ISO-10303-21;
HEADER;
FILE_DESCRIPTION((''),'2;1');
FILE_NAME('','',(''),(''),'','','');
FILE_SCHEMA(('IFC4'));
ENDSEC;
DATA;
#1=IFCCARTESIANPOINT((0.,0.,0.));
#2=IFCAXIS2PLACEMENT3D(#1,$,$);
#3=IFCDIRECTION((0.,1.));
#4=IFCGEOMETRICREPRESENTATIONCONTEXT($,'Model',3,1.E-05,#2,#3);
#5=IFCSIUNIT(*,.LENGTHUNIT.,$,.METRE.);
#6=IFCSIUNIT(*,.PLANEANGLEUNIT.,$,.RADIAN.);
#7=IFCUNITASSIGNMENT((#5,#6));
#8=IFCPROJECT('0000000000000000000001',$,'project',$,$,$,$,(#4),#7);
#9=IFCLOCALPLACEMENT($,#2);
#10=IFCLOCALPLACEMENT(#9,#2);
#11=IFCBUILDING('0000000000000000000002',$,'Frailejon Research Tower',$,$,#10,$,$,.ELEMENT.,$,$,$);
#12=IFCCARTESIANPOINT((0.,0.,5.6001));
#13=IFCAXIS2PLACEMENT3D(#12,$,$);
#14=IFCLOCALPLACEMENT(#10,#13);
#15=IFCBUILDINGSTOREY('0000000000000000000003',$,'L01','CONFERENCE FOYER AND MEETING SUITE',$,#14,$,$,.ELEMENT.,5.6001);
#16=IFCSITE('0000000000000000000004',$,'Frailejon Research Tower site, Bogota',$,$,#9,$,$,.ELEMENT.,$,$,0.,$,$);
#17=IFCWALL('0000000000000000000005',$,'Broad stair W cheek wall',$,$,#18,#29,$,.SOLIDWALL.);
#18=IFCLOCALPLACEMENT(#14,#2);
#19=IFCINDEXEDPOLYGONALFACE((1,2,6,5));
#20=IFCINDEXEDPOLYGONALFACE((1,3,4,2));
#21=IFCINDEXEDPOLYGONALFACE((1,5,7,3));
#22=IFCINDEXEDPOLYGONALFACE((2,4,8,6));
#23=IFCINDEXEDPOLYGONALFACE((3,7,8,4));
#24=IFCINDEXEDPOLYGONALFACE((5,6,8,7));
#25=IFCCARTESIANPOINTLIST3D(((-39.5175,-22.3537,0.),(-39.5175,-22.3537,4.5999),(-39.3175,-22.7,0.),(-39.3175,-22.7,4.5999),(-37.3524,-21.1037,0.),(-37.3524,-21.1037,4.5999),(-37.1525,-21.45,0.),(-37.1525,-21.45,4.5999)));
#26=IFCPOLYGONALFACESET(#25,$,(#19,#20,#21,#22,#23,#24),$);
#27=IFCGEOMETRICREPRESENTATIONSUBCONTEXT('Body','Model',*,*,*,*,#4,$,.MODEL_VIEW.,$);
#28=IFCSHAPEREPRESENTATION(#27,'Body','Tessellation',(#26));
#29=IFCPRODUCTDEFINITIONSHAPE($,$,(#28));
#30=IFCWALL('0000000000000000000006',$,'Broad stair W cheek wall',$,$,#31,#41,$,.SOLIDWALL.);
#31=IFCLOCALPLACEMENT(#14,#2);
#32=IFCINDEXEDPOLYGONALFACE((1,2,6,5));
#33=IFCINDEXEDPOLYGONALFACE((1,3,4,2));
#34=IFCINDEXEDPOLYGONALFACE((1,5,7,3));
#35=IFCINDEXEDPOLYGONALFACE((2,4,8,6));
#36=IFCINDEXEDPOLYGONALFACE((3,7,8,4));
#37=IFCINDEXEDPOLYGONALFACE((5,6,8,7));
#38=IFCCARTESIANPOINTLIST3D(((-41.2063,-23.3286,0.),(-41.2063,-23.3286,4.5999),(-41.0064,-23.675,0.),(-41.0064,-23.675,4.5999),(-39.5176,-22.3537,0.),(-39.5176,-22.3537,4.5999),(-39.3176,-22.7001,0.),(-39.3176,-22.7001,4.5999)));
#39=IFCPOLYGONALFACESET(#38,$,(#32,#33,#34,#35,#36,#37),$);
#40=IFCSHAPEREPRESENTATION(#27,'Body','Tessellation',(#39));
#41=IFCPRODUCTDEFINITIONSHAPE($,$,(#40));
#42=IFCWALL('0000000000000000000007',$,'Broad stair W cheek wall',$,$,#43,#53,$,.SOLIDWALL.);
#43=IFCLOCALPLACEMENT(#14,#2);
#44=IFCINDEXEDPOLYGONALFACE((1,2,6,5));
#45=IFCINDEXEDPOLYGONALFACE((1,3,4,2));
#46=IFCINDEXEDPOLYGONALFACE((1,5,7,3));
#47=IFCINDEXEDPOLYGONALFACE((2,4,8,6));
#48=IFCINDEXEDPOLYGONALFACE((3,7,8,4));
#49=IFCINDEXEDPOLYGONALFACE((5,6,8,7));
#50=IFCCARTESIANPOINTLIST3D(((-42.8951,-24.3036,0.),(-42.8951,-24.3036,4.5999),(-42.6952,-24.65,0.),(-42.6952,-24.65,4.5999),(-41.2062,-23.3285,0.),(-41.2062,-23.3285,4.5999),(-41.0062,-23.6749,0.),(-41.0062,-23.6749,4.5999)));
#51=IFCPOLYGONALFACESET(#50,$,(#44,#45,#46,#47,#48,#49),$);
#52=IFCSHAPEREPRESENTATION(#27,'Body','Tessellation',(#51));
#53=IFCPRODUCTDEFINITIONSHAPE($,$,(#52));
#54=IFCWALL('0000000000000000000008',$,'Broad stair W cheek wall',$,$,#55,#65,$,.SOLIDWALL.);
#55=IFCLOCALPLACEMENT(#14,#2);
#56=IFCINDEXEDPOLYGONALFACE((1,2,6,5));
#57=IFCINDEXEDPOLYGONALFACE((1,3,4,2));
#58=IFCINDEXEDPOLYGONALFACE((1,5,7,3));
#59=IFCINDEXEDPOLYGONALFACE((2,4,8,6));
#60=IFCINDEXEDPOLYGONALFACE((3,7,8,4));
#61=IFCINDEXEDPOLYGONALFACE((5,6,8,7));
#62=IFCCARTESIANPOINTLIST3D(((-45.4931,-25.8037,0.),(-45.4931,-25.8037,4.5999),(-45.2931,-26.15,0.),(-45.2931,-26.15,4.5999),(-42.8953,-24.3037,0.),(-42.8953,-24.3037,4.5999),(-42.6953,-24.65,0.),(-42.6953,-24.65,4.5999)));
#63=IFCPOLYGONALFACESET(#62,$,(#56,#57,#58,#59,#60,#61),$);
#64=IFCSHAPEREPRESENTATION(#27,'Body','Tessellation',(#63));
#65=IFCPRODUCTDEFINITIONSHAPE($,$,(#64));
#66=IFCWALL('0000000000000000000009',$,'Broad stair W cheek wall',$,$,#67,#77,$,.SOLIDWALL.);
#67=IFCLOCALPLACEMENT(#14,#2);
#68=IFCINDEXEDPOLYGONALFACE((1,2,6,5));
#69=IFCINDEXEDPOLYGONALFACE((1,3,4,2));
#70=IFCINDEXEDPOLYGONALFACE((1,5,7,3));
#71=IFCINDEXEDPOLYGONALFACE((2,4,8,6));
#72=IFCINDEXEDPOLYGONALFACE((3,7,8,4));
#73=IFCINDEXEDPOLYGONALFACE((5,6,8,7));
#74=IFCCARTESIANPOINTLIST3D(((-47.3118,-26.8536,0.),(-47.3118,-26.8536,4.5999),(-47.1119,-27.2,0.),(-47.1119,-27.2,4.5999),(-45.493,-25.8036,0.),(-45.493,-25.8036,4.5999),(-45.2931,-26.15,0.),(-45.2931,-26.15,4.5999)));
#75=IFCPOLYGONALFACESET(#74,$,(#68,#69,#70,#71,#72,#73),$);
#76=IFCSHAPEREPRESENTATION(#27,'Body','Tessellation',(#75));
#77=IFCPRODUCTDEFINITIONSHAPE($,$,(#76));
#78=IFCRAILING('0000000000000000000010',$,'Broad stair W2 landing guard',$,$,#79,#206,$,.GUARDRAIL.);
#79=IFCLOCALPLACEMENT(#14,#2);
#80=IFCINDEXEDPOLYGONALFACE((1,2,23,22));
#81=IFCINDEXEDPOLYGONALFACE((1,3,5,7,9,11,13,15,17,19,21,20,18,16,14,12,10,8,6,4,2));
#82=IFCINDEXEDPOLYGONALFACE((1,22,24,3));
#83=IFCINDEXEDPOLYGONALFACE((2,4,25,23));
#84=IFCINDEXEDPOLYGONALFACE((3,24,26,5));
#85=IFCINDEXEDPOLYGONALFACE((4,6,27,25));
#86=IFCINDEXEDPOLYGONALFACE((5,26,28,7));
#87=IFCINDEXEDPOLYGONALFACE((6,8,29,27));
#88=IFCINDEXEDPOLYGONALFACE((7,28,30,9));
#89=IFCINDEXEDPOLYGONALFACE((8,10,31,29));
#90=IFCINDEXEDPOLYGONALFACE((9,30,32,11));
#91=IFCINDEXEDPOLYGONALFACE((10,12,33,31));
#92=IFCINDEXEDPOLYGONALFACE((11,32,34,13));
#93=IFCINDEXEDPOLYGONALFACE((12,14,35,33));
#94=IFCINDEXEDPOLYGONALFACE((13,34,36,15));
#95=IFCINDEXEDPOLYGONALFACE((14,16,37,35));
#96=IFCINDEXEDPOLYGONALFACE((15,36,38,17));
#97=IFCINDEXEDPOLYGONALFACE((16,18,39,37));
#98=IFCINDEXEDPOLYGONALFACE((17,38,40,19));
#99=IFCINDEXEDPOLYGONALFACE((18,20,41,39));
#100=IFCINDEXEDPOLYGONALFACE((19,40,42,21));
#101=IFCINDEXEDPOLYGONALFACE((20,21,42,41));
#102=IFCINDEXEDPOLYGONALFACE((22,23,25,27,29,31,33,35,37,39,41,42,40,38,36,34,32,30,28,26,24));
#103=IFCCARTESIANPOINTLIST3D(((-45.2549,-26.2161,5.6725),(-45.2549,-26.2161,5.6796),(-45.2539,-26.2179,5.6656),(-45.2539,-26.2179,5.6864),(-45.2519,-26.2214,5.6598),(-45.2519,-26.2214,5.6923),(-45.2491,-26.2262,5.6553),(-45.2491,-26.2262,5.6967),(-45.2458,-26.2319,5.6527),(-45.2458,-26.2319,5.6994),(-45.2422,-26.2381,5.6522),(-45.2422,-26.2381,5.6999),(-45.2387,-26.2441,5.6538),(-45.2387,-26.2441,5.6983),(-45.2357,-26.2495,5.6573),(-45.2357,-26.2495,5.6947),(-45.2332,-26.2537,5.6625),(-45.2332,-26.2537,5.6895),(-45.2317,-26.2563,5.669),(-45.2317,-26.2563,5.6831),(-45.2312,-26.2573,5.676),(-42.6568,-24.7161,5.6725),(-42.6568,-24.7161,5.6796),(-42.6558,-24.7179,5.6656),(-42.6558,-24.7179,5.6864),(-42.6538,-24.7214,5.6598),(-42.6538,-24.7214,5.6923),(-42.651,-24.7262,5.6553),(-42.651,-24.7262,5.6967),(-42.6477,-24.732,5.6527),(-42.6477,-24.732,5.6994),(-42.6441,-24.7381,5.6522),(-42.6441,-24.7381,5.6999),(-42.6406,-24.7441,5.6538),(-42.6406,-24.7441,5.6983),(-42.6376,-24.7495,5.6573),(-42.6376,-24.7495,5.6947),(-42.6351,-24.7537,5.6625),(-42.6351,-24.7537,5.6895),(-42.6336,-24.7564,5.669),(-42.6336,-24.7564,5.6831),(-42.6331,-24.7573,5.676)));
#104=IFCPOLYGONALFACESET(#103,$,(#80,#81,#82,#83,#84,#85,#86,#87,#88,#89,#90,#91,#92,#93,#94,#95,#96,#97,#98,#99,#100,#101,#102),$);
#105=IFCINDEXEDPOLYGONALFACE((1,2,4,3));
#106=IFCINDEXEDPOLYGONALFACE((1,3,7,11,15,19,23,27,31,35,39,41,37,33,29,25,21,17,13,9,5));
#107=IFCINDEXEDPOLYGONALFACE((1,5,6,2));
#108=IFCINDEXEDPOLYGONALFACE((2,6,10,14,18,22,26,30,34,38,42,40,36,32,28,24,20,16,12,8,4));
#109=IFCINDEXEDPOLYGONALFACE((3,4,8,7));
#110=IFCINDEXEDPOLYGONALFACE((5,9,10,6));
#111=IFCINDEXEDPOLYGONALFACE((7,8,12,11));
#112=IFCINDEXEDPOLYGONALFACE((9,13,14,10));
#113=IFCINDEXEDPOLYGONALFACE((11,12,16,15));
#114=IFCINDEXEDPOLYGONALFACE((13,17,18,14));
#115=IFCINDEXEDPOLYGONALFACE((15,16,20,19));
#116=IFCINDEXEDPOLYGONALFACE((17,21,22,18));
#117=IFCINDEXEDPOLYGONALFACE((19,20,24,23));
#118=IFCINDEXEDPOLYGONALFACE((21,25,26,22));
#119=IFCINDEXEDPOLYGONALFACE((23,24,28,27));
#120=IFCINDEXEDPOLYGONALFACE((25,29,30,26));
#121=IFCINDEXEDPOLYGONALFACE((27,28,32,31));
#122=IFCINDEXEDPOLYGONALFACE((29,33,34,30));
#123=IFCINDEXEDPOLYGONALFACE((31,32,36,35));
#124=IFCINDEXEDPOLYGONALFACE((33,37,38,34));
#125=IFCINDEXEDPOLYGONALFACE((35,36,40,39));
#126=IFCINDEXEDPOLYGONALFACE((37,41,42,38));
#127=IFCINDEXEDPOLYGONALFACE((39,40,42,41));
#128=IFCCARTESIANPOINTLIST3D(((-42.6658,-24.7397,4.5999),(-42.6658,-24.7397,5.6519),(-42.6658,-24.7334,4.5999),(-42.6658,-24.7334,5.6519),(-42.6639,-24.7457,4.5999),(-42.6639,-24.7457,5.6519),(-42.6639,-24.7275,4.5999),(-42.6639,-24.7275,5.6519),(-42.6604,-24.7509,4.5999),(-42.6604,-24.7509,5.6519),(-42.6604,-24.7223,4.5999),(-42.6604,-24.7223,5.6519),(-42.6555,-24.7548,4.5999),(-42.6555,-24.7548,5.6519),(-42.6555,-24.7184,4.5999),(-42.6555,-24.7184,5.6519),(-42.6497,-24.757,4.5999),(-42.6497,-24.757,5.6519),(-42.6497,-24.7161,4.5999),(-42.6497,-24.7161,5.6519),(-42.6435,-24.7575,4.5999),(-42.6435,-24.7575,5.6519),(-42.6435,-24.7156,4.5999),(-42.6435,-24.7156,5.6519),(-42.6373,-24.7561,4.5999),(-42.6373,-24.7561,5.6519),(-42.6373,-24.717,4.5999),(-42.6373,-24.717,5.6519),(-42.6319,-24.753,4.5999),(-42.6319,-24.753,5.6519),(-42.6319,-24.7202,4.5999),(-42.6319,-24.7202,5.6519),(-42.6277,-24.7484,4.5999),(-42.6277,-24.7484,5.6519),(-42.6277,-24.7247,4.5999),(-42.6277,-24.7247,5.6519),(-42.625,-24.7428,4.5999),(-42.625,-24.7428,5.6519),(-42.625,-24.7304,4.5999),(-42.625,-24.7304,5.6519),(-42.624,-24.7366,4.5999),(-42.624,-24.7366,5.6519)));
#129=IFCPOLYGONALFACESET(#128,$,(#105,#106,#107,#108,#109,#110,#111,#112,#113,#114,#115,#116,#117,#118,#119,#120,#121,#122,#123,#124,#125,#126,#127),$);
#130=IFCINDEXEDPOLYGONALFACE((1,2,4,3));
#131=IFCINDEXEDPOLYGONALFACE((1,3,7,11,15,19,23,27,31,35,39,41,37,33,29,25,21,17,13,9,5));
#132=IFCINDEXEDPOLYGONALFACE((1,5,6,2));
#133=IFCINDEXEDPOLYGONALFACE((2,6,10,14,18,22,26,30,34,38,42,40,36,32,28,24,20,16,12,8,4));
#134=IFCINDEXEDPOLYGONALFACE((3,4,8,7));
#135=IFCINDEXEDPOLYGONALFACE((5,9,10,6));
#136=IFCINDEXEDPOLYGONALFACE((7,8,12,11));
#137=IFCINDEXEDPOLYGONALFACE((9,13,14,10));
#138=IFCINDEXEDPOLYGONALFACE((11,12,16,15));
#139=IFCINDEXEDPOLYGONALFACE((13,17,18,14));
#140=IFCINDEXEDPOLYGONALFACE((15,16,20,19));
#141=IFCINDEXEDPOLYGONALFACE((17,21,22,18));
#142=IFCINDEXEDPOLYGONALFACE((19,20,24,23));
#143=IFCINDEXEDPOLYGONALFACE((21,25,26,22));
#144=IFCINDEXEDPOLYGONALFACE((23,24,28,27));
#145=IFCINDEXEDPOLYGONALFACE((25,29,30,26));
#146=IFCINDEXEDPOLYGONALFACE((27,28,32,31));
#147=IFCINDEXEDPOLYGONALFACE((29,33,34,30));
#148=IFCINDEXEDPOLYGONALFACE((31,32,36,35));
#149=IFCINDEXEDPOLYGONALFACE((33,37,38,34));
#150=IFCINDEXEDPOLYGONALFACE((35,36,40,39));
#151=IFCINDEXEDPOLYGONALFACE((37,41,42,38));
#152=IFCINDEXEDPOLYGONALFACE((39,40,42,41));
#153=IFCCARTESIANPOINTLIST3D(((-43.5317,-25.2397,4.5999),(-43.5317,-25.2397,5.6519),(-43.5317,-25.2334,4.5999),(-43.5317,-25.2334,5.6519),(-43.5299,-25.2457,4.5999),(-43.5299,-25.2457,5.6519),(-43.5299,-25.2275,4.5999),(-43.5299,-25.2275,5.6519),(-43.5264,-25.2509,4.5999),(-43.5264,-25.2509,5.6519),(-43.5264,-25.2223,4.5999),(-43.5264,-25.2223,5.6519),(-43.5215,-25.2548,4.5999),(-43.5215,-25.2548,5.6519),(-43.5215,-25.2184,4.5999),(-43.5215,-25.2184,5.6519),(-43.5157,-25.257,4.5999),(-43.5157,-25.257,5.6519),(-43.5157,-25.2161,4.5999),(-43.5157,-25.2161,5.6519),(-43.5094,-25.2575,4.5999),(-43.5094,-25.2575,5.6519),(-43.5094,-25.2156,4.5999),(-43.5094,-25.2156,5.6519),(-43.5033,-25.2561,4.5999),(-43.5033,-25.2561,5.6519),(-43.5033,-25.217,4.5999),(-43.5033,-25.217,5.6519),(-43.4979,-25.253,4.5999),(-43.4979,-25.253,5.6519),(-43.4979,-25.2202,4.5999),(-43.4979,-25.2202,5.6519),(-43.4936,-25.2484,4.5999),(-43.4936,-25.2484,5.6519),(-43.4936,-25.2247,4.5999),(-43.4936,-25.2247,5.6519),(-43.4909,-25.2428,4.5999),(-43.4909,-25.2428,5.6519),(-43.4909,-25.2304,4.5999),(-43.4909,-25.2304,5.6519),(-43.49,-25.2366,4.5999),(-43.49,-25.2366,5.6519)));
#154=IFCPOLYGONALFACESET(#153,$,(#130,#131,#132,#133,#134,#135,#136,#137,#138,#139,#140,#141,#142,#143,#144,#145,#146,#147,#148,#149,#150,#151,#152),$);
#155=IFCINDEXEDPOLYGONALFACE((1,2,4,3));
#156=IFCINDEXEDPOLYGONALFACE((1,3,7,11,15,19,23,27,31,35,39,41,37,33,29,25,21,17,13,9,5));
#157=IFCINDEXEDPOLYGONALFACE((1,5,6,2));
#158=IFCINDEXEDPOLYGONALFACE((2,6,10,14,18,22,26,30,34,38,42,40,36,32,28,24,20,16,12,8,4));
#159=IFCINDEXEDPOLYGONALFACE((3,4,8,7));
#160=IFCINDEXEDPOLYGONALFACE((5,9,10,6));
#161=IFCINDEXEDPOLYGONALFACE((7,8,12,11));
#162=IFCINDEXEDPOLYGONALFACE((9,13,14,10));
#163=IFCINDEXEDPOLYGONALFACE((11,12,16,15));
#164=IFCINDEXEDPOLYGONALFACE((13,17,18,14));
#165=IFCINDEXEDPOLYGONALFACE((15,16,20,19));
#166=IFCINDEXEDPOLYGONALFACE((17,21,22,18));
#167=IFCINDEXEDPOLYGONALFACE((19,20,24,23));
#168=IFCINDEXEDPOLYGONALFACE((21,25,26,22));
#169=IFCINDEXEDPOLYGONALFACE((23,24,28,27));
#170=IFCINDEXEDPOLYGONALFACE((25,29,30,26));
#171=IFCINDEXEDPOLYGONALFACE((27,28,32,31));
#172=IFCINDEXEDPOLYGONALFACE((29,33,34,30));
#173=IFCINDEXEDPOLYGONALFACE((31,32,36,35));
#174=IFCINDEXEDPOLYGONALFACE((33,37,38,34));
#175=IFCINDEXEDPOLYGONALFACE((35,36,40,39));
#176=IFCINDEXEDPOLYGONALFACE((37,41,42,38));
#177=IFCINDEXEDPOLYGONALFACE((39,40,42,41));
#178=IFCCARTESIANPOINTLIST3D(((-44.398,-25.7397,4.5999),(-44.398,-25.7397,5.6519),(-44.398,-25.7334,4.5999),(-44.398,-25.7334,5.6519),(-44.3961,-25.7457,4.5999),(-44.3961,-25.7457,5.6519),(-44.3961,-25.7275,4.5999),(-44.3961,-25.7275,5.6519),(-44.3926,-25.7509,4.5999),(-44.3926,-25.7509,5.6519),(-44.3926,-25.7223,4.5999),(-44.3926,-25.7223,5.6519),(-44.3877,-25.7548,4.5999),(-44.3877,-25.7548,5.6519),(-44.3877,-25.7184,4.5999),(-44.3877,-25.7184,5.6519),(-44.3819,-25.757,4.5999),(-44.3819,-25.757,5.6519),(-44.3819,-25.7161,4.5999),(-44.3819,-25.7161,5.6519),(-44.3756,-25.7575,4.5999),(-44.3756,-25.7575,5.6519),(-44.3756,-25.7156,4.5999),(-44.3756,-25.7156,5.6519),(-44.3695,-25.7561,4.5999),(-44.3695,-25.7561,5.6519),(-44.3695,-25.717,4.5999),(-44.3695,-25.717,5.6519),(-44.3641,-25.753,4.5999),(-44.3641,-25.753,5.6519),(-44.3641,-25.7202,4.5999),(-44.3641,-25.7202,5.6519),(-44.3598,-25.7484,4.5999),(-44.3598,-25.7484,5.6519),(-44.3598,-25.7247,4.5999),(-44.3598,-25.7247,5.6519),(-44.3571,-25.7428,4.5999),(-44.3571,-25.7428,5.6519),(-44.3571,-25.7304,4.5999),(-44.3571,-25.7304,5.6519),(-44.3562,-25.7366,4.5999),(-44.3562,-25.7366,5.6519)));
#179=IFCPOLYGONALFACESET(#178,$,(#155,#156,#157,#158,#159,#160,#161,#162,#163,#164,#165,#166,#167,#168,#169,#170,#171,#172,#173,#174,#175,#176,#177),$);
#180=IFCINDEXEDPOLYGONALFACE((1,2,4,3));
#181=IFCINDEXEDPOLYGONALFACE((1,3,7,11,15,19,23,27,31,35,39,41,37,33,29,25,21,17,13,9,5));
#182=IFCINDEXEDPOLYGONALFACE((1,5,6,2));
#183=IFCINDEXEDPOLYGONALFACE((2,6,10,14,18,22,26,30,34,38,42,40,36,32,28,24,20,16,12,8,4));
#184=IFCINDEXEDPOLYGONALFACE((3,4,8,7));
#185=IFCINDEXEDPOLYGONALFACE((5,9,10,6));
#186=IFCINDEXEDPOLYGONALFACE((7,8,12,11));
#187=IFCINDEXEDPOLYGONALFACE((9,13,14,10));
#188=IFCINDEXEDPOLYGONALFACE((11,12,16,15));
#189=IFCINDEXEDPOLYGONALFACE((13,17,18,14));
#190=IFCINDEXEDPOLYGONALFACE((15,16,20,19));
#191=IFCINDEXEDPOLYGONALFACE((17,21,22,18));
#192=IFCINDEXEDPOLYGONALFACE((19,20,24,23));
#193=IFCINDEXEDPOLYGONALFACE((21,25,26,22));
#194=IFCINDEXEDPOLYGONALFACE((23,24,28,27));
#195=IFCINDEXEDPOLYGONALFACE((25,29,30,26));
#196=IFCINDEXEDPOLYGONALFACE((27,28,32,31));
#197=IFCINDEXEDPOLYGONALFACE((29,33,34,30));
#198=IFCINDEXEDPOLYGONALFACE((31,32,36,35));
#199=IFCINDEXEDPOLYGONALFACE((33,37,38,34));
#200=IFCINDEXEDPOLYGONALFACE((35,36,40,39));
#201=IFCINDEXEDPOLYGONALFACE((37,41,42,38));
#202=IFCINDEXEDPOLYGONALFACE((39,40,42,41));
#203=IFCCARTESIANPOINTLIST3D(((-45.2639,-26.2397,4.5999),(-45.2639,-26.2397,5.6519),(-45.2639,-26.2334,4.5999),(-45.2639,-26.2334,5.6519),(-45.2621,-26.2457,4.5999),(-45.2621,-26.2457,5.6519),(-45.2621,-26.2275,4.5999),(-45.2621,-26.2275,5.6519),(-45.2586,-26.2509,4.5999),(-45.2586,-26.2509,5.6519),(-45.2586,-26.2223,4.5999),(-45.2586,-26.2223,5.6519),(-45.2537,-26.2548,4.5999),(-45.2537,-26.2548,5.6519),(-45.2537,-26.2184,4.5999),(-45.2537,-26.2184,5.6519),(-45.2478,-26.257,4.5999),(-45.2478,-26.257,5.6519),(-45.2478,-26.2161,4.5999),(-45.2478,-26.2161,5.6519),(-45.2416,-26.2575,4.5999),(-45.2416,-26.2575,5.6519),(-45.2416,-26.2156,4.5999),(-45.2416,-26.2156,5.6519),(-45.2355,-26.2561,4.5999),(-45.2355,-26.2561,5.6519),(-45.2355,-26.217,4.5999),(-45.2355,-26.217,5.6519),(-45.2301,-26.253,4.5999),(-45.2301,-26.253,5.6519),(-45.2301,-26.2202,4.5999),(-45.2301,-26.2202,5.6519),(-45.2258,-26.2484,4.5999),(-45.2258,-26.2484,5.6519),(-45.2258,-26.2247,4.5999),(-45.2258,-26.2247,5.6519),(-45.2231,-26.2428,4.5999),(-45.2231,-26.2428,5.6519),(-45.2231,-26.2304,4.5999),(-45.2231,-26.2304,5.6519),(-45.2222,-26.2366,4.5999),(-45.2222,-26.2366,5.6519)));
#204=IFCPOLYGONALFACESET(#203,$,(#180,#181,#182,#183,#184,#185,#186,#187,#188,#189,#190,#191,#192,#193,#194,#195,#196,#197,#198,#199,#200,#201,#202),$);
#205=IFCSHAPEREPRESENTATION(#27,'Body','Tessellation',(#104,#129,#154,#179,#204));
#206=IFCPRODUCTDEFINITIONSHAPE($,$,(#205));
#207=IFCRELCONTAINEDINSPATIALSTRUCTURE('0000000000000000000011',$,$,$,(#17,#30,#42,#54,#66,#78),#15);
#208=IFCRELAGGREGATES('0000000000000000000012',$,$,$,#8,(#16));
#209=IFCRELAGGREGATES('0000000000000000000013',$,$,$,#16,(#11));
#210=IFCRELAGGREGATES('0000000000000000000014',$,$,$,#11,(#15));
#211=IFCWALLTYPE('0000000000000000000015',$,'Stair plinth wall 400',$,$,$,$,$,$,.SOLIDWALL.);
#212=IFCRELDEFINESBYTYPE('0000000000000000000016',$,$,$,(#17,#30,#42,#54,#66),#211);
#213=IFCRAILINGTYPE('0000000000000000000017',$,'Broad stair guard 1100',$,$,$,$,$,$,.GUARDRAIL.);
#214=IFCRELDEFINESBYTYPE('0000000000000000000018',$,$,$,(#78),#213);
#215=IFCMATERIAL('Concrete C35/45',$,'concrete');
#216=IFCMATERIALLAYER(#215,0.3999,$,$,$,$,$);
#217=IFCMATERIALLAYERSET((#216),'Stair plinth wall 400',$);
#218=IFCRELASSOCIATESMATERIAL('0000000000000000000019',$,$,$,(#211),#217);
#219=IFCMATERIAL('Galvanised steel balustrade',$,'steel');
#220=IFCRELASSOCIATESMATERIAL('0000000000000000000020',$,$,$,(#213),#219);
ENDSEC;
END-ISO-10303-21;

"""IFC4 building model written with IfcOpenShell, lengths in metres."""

from ifc_helpers import new_model, si_unit, direction, frame, frame_2d, origin, origin_2d, place, context, subcontext, project, spatial, rectangle, circle, extrude, material, layer, layer_set, type_object, element, save


model = new_model("IFC4")

# Units and contexts
model_context = context("Model", 3, precision=1e-05, world=origin(), true_north=direction((0.0, 1.0)))
body_context = subcontext(model_context, "Body", "Model", "MODEL_VIEW")
ifc_project = project(units=[si_unit("LENGTHUNIT", "METRE"), si_unit("PLANEANGLEUNIT", "RADIAN")], contexts=[model_context])

# Site, building, storey
site_placement = place(None, origin())
site = spatial("IfcSite", under=ifc_project, at=site_placement, Name="Frailejon Research Tower site, Bogota", CompositionType="ELEMENT", RefElevation=0.0)
building_placement = place(site_placement, origin())
building = spatial("IfcBuilding", under=site, at=building_placement, Name="Frailejon Research Tower", CompositionType="ELEMENT")
storey_placement = place(building_placement, frame((0.0, 0.0, 5.6001)))
storey = spatial("IfcBuildingStorey", under=building, at=storey_placement, Name="L01", Description="CONFERENCE FOYER AND MEETING SUITE", CompositionType="ELEMENT", Elevation=5.6001)

# Walls
ifc_material_1 = material(Name="Concrete C35/45", Category="concrete")
ifc_layer_1 = layer(ifc_material_1, 0.3999)
ifc_layer_set_1 = layer_set([ifc_layer_1], Name="Stair plinth wall 400")
wall_type = type_object("IfcWallType", Name="Stair plinth wall 400", PredefinedType="SOLIDWALL", material=ifc_layer_set_1)
wall_1_placement = place(storey_placement, frame((-37.2524, -21.2769, 0.0), z_axis=(0.0, 0.0, 1.0), x_axis=(-0.866023, -0.500004, 0.0)))
element("IfcWall", 1, at=wall_1_placement, inside=storey, type_object=wall_type, Name="Broad stair W cheek wall", PredefinedType="SOLIDWALL", context=body_context, shape_type="SweptSolid", body=[
    extrude(rectangle(XDim=2.5, YDim=0.3999, at=frame_2d((1.25, 0.0))), origin(), (0.0, 0.0, 1.0), 4.5999),
])
wall_2_placement = place(storey_placement, frame((-39.4175, -22.5269, 0.0), z_axis=(0.0, 0.0, 1.0), x_axis=(-0.866054, -0.49995, 0.0)))
element("IfcWall", 2, at=wall_2_placement, inside=storey, type_object=wall_type, Name="Broad stair W cheek wall", PredefinedType="SOLIDWALL", context=body_context, shape_type="SweptSolid", body=[
    extrude(rectangle(XDim=1.95, YDim=0.3999, at=frame_2d((0.9751, 0.0))), origin(), (0.0, 0.0, 1.0), 4.5999),
])
wall_3_placement = place(storey_placement, frame((-41.1062, -23.5017, 0.0), z_axis=(0.0, 0.0, 1.0), x_axis=(-0.866031, -0.49999, 0.0)))
element("IfcWall", 3, at=wall_3_placement, inside=storey, type_object=wall_type, Name="Broad stair W cheek wall", PredefinedType="SOLIDWALL", context=body_context, shape_type="SweptSolid", body=[
    extrude(rectangle(XDim=1.9502, YDim=0.3999, at=frame_2d((0.9751, 0.0))), origin(), (0.0, 0.0, 1.0), 4.5999),
])
wall_4_placement = place(storey_placement, frame((-42.7952, -24.4768, 0.0), z_axis=(0.0, 0.0, 1.0), x_axis=(-0.866011, -0.500025, 0.0)))
element("IfcWall", 4, at=wall_4_placement, inside=storey, type_object=wall_type, Name="Broad stair W cheek wall", PredefinedType="SOLIDWALL", context=body_context, shape_type="SweptSolid", body=[
    extrude(rectangle(XDim=2.9998, YDim=0.3999, at=frame_2d((1.5, 0.0))), origin(), (0.0, 0.0, 1.0), 4.5999),
])
wall_5_placement = place(storey_placement, frame((-45.3931, -25.9768, 0.0), z_axis=(0.0, 0.0, 1.0), x_axis=(-0.866038, -0.499977, 0.0)))
element("IfcWall", 5, at=wall_5_placement, inside=storey, type_object=wall_type, Name="Broad stair W cheek wall", PredefinedType="SOLIDWALL", context=body_context, shape_type="SweptSolid", body=[
    extrude(rectangle(XDim=2.1001, YDim=0.3999, at=frame_2d((1.05, 0.0))), origin(), (0.0, 0.0, 1.0), 4.5999),
])

# Railing
ifc_material_2 = material(Name="Galvanised steel balustrade", Category="steel")
railing_type = type_object("IfcRailingType", Name="Broad stair guard 1100", PredefinedType="GUARDRAIL", material=ifc_material_2)
railing_placement = place(storey_placement, frame((-42.645, -24.7366, 4.5999)))
element("IfcRailing", 6, at=railing_placement, inside=storey, type_object=railing_type, Name="Broad stair W2 landing guard", PredefinedType="GUARDRAIL", context=body_context, shape_type="SweptSolid", body=[
    extrude(circle(Radius=0.0239, at=origin_2d()), frame((0.0, 0.0, 1.0762), z_axis=(-0.866031, -0.49999, 0.0), x_axis=(0.49999, -0.866031, 0.0)), (0.0, 0.0, 1.0), 3.0),
    extrude(circle(Radius=0.021, at=origin_2d()), origin(), (0.0, 0.0, 1.0), 1.052),
    extrude(circle(Radius=0.021, at=origin_2d()), frame((-0.866, -0.5, 0.0)), (0.0, 0.0, 1.0), 1.052),
    extrude(circle(Radius=0.021, at=origin_2d()), frame((-1.7322, -1.0, 0.0)), (0.0, 0.0, 1.0), 1.052),
    extrude(circle(Radius=0.021, at=origin_2d()), frame((-2.5981, -1.5, 0.0)), (0.0, 0.0, 1.0), 1.052),
])

save(model, "model.ifc")
